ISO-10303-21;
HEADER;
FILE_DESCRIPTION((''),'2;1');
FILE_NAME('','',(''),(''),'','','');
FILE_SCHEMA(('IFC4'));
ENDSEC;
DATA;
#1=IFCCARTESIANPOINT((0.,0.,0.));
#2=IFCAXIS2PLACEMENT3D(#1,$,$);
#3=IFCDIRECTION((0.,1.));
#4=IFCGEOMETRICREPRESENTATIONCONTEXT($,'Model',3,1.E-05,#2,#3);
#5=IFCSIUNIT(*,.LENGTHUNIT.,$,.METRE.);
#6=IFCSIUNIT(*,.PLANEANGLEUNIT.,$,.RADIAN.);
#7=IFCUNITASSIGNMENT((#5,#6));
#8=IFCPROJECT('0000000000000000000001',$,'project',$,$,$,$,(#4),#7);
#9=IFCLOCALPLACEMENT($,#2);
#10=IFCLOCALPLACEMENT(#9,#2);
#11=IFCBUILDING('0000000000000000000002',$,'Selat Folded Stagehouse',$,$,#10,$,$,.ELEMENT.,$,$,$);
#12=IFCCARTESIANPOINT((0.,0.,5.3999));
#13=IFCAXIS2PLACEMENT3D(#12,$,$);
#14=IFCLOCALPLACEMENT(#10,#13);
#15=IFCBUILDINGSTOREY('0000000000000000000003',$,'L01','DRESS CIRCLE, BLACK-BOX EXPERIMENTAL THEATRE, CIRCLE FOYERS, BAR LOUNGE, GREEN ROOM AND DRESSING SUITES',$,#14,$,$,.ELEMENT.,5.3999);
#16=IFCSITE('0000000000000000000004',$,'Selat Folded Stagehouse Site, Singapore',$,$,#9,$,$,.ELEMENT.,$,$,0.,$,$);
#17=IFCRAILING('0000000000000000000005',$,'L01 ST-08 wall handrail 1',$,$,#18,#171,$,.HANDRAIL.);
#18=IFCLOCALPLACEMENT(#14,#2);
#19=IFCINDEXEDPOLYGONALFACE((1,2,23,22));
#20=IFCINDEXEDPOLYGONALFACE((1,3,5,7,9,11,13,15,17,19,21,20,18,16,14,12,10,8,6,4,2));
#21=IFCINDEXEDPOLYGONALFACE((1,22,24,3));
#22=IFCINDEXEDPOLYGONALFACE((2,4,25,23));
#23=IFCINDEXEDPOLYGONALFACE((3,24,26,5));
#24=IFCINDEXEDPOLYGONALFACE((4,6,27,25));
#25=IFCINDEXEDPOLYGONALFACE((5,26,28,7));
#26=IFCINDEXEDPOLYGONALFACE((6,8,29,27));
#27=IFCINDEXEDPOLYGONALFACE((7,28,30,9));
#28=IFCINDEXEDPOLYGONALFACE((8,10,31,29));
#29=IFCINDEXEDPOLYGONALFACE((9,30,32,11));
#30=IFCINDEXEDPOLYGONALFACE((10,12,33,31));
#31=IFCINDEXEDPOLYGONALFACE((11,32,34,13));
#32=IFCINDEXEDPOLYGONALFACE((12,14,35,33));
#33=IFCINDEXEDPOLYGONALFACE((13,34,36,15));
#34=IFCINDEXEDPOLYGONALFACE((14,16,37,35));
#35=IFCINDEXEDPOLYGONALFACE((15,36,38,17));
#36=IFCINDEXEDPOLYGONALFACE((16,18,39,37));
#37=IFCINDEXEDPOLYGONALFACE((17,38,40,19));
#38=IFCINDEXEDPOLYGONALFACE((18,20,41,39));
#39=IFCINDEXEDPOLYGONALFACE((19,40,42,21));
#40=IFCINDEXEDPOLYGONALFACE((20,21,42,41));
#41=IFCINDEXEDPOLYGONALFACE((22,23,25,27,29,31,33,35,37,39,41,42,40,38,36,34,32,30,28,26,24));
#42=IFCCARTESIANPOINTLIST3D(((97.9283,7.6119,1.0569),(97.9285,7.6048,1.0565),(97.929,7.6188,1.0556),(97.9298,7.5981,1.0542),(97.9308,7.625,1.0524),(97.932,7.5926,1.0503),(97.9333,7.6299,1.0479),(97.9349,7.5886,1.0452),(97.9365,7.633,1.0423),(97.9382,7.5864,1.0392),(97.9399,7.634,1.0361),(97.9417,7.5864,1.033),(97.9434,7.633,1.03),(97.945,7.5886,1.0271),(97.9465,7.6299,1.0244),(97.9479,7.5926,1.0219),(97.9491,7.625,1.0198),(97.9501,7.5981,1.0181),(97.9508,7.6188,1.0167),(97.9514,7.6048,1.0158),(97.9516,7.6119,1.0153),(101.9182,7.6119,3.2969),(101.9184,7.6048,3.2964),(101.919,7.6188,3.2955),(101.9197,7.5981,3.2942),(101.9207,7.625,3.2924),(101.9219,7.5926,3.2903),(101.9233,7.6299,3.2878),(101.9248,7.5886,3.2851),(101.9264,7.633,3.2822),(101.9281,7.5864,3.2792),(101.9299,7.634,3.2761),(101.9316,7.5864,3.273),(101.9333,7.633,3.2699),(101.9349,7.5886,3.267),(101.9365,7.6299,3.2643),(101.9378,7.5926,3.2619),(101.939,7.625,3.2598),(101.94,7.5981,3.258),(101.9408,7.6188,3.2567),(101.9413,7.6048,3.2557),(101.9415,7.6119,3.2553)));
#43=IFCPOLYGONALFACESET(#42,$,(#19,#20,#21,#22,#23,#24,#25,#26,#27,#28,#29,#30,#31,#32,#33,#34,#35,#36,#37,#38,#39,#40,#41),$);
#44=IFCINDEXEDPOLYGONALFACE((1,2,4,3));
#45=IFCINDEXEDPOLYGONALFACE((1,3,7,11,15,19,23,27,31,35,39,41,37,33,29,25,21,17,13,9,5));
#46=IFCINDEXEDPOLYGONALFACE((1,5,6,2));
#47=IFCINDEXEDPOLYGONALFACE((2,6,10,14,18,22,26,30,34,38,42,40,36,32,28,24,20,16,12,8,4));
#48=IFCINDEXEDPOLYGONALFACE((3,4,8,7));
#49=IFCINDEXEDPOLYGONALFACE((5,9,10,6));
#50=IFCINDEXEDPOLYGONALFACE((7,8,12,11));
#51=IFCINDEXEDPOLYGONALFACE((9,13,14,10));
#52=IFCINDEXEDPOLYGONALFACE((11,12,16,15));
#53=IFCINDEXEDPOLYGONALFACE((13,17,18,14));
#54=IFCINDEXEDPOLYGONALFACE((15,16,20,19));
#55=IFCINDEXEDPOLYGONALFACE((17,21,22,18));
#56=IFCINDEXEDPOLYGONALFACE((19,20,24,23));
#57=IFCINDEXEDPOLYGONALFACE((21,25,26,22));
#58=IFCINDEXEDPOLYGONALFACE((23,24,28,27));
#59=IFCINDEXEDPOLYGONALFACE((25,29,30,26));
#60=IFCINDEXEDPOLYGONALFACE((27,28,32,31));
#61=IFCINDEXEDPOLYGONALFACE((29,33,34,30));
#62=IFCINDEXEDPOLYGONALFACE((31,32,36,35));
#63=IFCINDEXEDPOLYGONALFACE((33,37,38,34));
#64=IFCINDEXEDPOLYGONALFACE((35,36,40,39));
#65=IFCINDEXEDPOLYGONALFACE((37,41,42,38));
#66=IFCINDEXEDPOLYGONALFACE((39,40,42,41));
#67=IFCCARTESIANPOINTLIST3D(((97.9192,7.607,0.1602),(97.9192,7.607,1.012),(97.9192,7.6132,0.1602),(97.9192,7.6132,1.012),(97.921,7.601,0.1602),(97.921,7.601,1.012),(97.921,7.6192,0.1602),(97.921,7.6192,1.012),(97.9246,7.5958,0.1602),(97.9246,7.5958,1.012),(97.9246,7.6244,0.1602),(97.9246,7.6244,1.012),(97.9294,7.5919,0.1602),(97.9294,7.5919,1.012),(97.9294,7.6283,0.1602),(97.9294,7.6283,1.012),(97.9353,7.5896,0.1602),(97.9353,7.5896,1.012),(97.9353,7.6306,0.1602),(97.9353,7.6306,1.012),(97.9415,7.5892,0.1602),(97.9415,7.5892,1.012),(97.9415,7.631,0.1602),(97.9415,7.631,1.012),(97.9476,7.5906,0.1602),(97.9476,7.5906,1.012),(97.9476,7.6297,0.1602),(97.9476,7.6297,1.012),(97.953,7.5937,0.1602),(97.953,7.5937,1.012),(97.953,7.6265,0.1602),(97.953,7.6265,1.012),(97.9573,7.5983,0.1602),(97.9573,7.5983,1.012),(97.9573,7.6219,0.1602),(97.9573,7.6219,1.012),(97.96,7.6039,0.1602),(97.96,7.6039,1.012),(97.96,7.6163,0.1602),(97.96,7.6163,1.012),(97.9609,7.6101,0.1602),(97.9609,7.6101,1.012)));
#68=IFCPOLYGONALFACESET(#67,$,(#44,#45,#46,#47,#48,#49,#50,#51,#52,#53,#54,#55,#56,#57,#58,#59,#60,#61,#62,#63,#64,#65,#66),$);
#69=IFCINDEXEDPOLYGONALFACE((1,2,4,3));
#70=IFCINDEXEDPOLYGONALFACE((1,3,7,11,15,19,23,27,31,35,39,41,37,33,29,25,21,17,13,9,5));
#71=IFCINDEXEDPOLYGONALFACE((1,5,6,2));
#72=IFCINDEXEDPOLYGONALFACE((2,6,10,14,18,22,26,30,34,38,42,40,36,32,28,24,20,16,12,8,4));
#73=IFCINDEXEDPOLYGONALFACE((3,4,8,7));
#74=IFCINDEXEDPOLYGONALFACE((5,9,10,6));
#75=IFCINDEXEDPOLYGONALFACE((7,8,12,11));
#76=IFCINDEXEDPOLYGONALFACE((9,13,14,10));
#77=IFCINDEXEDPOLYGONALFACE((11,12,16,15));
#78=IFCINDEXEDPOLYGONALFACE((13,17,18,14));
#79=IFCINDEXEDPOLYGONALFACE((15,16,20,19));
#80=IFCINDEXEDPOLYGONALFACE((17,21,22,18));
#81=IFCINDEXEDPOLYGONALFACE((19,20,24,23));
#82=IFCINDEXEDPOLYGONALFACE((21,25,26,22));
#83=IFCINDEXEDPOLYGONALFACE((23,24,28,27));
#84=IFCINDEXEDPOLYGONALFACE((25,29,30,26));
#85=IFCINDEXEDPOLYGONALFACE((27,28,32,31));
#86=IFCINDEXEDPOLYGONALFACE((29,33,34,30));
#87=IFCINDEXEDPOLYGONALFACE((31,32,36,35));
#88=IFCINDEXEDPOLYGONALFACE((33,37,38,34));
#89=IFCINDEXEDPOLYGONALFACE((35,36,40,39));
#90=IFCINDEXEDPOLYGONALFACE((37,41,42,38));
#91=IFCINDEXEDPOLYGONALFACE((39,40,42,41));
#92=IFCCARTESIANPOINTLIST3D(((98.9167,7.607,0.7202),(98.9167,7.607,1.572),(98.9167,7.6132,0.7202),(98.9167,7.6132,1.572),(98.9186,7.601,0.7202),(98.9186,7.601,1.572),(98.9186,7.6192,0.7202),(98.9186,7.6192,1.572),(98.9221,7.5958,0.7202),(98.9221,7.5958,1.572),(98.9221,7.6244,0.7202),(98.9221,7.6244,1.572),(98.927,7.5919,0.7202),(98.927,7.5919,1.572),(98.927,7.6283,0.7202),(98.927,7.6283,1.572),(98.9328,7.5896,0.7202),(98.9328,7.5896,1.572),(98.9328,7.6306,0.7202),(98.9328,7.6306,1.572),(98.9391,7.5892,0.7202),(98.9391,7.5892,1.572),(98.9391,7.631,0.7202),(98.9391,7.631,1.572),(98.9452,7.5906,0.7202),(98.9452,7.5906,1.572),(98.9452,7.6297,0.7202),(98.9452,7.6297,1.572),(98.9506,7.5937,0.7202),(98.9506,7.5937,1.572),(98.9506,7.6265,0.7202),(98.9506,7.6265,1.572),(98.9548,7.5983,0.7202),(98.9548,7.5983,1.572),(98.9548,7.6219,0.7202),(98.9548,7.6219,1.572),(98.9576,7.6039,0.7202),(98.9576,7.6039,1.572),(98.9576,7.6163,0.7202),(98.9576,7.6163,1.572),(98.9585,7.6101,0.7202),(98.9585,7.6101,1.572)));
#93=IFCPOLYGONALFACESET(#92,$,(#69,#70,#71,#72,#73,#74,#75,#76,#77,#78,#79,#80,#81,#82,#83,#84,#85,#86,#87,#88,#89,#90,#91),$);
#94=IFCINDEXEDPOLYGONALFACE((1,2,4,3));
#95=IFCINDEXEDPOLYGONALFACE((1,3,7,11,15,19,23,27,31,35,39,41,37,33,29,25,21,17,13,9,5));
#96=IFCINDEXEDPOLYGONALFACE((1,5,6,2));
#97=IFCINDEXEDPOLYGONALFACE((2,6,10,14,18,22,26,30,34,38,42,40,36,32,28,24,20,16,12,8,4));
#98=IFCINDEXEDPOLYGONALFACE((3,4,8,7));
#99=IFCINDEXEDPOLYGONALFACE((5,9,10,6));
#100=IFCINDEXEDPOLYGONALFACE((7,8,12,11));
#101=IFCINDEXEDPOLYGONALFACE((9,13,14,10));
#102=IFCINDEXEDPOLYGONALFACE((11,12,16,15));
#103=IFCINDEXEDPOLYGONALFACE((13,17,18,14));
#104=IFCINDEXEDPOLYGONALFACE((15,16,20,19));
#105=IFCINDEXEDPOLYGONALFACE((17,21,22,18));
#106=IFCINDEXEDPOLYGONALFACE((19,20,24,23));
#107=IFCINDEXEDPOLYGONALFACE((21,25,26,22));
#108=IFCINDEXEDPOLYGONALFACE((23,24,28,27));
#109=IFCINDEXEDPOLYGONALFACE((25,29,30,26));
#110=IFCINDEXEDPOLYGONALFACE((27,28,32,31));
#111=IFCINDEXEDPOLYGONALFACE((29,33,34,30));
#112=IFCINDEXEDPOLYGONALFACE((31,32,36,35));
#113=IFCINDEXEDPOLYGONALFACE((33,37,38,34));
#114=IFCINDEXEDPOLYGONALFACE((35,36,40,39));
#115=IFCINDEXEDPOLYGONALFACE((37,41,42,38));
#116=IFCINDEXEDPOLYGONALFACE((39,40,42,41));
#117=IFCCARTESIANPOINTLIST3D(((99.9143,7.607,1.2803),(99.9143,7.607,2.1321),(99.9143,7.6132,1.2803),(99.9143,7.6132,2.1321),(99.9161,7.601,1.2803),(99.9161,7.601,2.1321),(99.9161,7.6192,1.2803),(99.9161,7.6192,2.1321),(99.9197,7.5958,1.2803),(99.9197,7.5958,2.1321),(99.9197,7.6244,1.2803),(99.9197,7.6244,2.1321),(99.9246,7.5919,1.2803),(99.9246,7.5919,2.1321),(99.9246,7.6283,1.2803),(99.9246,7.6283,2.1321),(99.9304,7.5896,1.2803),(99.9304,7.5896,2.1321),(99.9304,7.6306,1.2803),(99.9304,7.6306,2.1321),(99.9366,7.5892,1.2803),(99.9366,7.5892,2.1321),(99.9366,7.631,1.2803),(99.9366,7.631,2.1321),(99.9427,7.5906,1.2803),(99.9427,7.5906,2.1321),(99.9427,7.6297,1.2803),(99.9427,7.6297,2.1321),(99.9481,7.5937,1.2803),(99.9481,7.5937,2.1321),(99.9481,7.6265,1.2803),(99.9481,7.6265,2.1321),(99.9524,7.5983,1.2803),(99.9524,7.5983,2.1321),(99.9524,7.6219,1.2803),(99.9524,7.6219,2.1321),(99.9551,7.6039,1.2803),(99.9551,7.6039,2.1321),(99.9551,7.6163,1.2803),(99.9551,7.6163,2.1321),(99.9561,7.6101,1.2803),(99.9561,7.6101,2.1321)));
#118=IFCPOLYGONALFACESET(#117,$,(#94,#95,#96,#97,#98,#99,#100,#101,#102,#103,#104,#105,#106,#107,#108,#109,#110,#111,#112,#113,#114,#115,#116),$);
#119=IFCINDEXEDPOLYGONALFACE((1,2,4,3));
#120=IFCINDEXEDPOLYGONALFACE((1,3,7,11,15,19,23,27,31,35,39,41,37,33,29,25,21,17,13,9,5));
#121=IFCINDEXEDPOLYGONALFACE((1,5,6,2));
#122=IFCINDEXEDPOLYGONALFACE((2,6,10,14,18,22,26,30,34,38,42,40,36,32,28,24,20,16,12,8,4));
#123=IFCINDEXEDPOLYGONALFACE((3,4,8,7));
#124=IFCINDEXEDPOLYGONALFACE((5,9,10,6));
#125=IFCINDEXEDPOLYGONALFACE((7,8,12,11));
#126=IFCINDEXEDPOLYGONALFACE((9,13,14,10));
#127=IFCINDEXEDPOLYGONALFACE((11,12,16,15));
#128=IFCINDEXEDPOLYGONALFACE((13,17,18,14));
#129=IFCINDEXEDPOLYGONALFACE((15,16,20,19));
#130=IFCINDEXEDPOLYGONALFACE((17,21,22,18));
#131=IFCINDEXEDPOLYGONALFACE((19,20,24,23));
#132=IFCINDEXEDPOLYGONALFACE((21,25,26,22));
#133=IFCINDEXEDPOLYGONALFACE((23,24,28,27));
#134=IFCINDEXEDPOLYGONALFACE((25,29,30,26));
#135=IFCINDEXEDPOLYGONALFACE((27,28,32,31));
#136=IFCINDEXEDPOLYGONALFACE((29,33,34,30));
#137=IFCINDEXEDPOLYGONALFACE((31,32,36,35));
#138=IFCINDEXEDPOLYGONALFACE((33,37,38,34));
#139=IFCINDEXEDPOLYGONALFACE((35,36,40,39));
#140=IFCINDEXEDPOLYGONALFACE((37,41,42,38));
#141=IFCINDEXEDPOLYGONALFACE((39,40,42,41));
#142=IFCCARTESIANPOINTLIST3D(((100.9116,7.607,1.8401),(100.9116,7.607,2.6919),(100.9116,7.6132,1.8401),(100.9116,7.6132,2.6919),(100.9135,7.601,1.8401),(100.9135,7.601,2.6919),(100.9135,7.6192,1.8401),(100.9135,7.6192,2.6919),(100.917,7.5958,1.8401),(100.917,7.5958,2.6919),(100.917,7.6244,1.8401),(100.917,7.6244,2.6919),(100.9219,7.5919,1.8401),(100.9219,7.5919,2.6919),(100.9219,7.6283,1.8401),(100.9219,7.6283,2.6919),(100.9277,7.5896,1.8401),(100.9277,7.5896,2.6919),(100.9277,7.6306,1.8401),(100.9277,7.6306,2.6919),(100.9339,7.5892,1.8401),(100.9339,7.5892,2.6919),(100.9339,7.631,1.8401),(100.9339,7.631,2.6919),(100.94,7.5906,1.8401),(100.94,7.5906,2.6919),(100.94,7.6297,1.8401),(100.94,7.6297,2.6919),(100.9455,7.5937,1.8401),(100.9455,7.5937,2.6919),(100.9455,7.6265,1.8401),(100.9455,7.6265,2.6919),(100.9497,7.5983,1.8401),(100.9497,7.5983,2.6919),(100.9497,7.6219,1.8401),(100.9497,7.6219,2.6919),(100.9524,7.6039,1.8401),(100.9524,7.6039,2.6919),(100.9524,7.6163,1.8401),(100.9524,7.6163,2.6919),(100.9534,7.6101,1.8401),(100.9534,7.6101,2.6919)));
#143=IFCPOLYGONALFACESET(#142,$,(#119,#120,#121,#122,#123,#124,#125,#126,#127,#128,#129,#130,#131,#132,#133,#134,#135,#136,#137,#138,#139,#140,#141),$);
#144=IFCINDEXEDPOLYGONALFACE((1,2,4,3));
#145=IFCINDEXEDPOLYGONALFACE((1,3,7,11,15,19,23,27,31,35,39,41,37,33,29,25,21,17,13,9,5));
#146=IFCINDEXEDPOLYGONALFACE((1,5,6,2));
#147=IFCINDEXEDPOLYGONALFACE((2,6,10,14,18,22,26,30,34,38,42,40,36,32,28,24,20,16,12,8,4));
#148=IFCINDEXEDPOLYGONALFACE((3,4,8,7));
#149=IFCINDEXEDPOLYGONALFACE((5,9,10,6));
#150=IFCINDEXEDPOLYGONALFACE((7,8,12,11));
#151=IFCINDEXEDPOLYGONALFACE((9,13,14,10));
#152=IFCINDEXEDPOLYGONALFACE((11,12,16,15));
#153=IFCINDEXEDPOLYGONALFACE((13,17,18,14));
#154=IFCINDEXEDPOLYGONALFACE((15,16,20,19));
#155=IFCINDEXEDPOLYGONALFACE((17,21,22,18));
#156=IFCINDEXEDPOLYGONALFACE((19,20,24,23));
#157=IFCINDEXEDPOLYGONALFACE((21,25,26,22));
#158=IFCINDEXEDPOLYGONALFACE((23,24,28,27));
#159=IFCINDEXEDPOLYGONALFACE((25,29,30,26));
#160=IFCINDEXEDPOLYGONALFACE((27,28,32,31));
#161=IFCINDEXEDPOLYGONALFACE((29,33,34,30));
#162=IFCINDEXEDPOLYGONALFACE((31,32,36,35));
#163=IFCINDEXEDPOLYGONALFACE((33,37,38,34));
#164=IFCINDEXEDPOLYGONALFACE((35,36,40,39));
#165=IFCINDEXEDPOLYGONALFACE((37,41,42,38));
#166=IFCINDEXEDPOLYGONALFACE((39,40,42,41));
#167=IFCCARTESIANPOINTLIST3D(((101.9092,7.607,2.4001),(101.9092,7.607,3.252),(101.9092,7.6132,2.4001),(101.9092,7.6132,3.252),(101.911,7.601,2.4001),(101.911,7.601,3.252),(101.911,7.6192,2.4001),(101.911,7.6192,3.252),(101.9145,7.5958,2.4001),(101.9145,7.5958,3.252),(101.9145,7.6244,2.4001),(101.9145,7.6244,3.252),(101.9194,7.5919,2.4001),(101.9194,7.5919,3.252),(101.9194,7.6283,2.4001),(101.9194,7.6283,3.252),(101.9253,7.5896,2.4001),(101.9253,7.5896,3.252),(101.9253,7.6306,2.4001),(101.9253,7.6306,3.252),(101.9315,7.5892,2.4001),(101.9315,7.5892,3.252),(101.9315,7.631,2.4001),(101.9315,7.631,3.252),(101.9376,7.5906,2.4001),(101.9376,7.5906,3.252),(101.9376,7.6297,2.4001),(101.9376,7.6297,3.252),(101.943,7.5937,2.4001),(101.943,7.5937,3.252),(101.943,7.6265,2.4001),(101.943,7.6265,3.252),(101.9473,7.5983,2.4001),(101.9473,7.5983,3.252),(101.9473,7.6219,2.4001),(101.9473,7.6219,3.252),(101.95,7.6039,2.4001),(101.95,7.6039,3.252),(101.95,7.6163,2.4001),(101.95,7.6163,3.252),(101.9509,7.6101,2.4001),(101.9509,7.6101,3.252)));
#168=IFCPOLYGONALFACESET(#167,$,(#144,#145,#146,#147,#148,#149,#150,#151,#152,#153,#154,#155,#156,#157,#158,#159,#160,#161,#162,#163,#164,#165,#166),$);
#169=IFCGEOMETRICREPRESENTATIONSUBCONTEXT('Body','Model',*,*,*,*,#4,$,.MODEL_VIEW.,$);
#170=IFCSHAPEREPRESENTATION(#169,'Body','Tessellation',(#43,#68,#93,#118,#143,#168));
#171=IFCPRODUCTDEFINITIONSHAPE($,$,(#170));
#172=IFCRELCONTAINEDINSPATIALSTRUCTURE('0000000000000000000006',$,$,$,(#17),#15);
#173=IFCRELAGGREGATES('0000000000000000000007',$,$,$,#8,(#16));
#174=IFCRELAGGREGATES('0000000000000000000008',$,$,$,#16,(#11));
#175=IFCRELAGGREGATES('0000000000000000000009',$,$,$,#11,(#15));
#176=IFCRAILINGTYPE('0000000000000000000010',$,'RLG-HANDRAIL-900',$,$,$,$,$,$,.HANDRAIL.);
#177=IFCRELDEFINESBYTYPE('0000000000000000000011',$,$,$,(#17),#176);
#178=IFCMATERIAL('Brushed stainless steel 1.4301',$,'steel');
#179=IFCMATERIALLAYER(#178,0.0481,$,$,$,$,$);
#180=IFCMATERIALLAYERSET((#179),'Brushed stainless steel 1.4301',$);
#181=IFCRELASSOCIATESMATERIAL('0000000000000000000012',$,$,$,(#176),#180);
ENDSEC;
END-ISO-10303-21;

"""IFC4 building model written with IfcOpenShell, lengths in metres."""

from ifc_helpers import new_model, si_unit, direction, frame, origin, origin_2d, place, context, subcontext, project, spatial, circle, extrude, material, layer, layer_set, type_object, element, save


model = new_model("IFC4")

# Units and contexts
model_context = context("Model", 3, precision=1e-05, world=origin(), true_north=direction((0.0, 1.0)))
body_context = subcontext(model_context, "Body", "Model", "MODEL_VIEW")
ifc_project = project(units=[si_unit("LENGTHUNIT", "METRE"), si_unit("PLANEANGLEUNIT", "RADIAN")], contexts=[model_context])

# Site, building, storey
site_placement = place(None, origin())
site = spatial("IfcSite", under=ifc_project, at=site_placement, Name="Selat Folded Stagehouse Site, Singapore", CompositionType="ELEMENT", RefElevation=0.0)
building_placement = place(site_placement, origin())
building = spatial("IfcBuilding", under=site, at=building_placement, Name="Selat Folded Stagehouse", CompositionType="ELEMENT")
storey_placement = place(building_placement, frame((0.0, 0.0, 5.3999)))
storey = spatial("IfcBuildingStorey", under=building, at=storey_placement, Name="L01", Description="DRESS CIRCLE, BLACK-BOX EXPERIMENTAL THEATRE, CIRCLE FOYERS, BAR LOUNGE, GREEN ROOM AND DRESSING SUITES", CompositionType="ELEMENT", Elevation=5.3999)

# Railing
ifc_material_1 = material(Name="Brushed stainless steel 1.4301", Category="steel")
ifc_layer_1 = layer(ifc_material_1, 0.0481)
ifc_layer_set_1 = layer_set([ifc_layer_1], Name="Brushed stainless steel 1.4301")
railing_type_1 = type_object("IfcRailingType", Name="RLG-HANDRAIL-900", PredefinedType="HANDRAIL", material=ifc_layer_set_1)
railing_1_placement = place(storey_placement, frame((97.9399, 7.6101, 0.1602)))
element("IfcRailing", 1, at=railing_1_placement, inside=storey, type_object=railing_type_1, Name="L01 ST-08 wall handrail 1", PredefinedType="HANDRAIL", context=body_context, shape_type="SweptSolid", body=[
    extrude(circle(Radius=0.0239, at=origin_2d()), frame((0.0, 0.0, 0.876), z_axis=(0.871984, 0.0, 0.489534), x_axis=(0.0, 1.0, 0.0)), (0.0, 0.0, 1.0), 4.5757),
    extrude(circle(Radius=0.021, at=origin_2d()), origin(), (0.0, 0.0, 1.0), 0.8518),
    extrude(circle(Radius=0.021, at=origin_2d()), frame((0.9976, 0.0, 0.5601)), (0.0, 0.0, 1.0), 0.8518),
    extrude(circle(Radius=0.021, at=origin_2d()), frame((1.9951, 0.0, 1.1201)), (0.0, 0.0, 1.0), 0.8518),
    extrude(circle(Radius=0.021, at=origin_2d()), frame((2.9924, 0.0, 1.6799)), (0.0, 0.0, 1.0), 0.8518),
    extrude(circle(Radius=0.021, at=origin_2d()), frame((3.99, 0.0, 2.24)), (0.0, 0.0, 1.0), 0.8518),
])

save(model, "model.ifc")
